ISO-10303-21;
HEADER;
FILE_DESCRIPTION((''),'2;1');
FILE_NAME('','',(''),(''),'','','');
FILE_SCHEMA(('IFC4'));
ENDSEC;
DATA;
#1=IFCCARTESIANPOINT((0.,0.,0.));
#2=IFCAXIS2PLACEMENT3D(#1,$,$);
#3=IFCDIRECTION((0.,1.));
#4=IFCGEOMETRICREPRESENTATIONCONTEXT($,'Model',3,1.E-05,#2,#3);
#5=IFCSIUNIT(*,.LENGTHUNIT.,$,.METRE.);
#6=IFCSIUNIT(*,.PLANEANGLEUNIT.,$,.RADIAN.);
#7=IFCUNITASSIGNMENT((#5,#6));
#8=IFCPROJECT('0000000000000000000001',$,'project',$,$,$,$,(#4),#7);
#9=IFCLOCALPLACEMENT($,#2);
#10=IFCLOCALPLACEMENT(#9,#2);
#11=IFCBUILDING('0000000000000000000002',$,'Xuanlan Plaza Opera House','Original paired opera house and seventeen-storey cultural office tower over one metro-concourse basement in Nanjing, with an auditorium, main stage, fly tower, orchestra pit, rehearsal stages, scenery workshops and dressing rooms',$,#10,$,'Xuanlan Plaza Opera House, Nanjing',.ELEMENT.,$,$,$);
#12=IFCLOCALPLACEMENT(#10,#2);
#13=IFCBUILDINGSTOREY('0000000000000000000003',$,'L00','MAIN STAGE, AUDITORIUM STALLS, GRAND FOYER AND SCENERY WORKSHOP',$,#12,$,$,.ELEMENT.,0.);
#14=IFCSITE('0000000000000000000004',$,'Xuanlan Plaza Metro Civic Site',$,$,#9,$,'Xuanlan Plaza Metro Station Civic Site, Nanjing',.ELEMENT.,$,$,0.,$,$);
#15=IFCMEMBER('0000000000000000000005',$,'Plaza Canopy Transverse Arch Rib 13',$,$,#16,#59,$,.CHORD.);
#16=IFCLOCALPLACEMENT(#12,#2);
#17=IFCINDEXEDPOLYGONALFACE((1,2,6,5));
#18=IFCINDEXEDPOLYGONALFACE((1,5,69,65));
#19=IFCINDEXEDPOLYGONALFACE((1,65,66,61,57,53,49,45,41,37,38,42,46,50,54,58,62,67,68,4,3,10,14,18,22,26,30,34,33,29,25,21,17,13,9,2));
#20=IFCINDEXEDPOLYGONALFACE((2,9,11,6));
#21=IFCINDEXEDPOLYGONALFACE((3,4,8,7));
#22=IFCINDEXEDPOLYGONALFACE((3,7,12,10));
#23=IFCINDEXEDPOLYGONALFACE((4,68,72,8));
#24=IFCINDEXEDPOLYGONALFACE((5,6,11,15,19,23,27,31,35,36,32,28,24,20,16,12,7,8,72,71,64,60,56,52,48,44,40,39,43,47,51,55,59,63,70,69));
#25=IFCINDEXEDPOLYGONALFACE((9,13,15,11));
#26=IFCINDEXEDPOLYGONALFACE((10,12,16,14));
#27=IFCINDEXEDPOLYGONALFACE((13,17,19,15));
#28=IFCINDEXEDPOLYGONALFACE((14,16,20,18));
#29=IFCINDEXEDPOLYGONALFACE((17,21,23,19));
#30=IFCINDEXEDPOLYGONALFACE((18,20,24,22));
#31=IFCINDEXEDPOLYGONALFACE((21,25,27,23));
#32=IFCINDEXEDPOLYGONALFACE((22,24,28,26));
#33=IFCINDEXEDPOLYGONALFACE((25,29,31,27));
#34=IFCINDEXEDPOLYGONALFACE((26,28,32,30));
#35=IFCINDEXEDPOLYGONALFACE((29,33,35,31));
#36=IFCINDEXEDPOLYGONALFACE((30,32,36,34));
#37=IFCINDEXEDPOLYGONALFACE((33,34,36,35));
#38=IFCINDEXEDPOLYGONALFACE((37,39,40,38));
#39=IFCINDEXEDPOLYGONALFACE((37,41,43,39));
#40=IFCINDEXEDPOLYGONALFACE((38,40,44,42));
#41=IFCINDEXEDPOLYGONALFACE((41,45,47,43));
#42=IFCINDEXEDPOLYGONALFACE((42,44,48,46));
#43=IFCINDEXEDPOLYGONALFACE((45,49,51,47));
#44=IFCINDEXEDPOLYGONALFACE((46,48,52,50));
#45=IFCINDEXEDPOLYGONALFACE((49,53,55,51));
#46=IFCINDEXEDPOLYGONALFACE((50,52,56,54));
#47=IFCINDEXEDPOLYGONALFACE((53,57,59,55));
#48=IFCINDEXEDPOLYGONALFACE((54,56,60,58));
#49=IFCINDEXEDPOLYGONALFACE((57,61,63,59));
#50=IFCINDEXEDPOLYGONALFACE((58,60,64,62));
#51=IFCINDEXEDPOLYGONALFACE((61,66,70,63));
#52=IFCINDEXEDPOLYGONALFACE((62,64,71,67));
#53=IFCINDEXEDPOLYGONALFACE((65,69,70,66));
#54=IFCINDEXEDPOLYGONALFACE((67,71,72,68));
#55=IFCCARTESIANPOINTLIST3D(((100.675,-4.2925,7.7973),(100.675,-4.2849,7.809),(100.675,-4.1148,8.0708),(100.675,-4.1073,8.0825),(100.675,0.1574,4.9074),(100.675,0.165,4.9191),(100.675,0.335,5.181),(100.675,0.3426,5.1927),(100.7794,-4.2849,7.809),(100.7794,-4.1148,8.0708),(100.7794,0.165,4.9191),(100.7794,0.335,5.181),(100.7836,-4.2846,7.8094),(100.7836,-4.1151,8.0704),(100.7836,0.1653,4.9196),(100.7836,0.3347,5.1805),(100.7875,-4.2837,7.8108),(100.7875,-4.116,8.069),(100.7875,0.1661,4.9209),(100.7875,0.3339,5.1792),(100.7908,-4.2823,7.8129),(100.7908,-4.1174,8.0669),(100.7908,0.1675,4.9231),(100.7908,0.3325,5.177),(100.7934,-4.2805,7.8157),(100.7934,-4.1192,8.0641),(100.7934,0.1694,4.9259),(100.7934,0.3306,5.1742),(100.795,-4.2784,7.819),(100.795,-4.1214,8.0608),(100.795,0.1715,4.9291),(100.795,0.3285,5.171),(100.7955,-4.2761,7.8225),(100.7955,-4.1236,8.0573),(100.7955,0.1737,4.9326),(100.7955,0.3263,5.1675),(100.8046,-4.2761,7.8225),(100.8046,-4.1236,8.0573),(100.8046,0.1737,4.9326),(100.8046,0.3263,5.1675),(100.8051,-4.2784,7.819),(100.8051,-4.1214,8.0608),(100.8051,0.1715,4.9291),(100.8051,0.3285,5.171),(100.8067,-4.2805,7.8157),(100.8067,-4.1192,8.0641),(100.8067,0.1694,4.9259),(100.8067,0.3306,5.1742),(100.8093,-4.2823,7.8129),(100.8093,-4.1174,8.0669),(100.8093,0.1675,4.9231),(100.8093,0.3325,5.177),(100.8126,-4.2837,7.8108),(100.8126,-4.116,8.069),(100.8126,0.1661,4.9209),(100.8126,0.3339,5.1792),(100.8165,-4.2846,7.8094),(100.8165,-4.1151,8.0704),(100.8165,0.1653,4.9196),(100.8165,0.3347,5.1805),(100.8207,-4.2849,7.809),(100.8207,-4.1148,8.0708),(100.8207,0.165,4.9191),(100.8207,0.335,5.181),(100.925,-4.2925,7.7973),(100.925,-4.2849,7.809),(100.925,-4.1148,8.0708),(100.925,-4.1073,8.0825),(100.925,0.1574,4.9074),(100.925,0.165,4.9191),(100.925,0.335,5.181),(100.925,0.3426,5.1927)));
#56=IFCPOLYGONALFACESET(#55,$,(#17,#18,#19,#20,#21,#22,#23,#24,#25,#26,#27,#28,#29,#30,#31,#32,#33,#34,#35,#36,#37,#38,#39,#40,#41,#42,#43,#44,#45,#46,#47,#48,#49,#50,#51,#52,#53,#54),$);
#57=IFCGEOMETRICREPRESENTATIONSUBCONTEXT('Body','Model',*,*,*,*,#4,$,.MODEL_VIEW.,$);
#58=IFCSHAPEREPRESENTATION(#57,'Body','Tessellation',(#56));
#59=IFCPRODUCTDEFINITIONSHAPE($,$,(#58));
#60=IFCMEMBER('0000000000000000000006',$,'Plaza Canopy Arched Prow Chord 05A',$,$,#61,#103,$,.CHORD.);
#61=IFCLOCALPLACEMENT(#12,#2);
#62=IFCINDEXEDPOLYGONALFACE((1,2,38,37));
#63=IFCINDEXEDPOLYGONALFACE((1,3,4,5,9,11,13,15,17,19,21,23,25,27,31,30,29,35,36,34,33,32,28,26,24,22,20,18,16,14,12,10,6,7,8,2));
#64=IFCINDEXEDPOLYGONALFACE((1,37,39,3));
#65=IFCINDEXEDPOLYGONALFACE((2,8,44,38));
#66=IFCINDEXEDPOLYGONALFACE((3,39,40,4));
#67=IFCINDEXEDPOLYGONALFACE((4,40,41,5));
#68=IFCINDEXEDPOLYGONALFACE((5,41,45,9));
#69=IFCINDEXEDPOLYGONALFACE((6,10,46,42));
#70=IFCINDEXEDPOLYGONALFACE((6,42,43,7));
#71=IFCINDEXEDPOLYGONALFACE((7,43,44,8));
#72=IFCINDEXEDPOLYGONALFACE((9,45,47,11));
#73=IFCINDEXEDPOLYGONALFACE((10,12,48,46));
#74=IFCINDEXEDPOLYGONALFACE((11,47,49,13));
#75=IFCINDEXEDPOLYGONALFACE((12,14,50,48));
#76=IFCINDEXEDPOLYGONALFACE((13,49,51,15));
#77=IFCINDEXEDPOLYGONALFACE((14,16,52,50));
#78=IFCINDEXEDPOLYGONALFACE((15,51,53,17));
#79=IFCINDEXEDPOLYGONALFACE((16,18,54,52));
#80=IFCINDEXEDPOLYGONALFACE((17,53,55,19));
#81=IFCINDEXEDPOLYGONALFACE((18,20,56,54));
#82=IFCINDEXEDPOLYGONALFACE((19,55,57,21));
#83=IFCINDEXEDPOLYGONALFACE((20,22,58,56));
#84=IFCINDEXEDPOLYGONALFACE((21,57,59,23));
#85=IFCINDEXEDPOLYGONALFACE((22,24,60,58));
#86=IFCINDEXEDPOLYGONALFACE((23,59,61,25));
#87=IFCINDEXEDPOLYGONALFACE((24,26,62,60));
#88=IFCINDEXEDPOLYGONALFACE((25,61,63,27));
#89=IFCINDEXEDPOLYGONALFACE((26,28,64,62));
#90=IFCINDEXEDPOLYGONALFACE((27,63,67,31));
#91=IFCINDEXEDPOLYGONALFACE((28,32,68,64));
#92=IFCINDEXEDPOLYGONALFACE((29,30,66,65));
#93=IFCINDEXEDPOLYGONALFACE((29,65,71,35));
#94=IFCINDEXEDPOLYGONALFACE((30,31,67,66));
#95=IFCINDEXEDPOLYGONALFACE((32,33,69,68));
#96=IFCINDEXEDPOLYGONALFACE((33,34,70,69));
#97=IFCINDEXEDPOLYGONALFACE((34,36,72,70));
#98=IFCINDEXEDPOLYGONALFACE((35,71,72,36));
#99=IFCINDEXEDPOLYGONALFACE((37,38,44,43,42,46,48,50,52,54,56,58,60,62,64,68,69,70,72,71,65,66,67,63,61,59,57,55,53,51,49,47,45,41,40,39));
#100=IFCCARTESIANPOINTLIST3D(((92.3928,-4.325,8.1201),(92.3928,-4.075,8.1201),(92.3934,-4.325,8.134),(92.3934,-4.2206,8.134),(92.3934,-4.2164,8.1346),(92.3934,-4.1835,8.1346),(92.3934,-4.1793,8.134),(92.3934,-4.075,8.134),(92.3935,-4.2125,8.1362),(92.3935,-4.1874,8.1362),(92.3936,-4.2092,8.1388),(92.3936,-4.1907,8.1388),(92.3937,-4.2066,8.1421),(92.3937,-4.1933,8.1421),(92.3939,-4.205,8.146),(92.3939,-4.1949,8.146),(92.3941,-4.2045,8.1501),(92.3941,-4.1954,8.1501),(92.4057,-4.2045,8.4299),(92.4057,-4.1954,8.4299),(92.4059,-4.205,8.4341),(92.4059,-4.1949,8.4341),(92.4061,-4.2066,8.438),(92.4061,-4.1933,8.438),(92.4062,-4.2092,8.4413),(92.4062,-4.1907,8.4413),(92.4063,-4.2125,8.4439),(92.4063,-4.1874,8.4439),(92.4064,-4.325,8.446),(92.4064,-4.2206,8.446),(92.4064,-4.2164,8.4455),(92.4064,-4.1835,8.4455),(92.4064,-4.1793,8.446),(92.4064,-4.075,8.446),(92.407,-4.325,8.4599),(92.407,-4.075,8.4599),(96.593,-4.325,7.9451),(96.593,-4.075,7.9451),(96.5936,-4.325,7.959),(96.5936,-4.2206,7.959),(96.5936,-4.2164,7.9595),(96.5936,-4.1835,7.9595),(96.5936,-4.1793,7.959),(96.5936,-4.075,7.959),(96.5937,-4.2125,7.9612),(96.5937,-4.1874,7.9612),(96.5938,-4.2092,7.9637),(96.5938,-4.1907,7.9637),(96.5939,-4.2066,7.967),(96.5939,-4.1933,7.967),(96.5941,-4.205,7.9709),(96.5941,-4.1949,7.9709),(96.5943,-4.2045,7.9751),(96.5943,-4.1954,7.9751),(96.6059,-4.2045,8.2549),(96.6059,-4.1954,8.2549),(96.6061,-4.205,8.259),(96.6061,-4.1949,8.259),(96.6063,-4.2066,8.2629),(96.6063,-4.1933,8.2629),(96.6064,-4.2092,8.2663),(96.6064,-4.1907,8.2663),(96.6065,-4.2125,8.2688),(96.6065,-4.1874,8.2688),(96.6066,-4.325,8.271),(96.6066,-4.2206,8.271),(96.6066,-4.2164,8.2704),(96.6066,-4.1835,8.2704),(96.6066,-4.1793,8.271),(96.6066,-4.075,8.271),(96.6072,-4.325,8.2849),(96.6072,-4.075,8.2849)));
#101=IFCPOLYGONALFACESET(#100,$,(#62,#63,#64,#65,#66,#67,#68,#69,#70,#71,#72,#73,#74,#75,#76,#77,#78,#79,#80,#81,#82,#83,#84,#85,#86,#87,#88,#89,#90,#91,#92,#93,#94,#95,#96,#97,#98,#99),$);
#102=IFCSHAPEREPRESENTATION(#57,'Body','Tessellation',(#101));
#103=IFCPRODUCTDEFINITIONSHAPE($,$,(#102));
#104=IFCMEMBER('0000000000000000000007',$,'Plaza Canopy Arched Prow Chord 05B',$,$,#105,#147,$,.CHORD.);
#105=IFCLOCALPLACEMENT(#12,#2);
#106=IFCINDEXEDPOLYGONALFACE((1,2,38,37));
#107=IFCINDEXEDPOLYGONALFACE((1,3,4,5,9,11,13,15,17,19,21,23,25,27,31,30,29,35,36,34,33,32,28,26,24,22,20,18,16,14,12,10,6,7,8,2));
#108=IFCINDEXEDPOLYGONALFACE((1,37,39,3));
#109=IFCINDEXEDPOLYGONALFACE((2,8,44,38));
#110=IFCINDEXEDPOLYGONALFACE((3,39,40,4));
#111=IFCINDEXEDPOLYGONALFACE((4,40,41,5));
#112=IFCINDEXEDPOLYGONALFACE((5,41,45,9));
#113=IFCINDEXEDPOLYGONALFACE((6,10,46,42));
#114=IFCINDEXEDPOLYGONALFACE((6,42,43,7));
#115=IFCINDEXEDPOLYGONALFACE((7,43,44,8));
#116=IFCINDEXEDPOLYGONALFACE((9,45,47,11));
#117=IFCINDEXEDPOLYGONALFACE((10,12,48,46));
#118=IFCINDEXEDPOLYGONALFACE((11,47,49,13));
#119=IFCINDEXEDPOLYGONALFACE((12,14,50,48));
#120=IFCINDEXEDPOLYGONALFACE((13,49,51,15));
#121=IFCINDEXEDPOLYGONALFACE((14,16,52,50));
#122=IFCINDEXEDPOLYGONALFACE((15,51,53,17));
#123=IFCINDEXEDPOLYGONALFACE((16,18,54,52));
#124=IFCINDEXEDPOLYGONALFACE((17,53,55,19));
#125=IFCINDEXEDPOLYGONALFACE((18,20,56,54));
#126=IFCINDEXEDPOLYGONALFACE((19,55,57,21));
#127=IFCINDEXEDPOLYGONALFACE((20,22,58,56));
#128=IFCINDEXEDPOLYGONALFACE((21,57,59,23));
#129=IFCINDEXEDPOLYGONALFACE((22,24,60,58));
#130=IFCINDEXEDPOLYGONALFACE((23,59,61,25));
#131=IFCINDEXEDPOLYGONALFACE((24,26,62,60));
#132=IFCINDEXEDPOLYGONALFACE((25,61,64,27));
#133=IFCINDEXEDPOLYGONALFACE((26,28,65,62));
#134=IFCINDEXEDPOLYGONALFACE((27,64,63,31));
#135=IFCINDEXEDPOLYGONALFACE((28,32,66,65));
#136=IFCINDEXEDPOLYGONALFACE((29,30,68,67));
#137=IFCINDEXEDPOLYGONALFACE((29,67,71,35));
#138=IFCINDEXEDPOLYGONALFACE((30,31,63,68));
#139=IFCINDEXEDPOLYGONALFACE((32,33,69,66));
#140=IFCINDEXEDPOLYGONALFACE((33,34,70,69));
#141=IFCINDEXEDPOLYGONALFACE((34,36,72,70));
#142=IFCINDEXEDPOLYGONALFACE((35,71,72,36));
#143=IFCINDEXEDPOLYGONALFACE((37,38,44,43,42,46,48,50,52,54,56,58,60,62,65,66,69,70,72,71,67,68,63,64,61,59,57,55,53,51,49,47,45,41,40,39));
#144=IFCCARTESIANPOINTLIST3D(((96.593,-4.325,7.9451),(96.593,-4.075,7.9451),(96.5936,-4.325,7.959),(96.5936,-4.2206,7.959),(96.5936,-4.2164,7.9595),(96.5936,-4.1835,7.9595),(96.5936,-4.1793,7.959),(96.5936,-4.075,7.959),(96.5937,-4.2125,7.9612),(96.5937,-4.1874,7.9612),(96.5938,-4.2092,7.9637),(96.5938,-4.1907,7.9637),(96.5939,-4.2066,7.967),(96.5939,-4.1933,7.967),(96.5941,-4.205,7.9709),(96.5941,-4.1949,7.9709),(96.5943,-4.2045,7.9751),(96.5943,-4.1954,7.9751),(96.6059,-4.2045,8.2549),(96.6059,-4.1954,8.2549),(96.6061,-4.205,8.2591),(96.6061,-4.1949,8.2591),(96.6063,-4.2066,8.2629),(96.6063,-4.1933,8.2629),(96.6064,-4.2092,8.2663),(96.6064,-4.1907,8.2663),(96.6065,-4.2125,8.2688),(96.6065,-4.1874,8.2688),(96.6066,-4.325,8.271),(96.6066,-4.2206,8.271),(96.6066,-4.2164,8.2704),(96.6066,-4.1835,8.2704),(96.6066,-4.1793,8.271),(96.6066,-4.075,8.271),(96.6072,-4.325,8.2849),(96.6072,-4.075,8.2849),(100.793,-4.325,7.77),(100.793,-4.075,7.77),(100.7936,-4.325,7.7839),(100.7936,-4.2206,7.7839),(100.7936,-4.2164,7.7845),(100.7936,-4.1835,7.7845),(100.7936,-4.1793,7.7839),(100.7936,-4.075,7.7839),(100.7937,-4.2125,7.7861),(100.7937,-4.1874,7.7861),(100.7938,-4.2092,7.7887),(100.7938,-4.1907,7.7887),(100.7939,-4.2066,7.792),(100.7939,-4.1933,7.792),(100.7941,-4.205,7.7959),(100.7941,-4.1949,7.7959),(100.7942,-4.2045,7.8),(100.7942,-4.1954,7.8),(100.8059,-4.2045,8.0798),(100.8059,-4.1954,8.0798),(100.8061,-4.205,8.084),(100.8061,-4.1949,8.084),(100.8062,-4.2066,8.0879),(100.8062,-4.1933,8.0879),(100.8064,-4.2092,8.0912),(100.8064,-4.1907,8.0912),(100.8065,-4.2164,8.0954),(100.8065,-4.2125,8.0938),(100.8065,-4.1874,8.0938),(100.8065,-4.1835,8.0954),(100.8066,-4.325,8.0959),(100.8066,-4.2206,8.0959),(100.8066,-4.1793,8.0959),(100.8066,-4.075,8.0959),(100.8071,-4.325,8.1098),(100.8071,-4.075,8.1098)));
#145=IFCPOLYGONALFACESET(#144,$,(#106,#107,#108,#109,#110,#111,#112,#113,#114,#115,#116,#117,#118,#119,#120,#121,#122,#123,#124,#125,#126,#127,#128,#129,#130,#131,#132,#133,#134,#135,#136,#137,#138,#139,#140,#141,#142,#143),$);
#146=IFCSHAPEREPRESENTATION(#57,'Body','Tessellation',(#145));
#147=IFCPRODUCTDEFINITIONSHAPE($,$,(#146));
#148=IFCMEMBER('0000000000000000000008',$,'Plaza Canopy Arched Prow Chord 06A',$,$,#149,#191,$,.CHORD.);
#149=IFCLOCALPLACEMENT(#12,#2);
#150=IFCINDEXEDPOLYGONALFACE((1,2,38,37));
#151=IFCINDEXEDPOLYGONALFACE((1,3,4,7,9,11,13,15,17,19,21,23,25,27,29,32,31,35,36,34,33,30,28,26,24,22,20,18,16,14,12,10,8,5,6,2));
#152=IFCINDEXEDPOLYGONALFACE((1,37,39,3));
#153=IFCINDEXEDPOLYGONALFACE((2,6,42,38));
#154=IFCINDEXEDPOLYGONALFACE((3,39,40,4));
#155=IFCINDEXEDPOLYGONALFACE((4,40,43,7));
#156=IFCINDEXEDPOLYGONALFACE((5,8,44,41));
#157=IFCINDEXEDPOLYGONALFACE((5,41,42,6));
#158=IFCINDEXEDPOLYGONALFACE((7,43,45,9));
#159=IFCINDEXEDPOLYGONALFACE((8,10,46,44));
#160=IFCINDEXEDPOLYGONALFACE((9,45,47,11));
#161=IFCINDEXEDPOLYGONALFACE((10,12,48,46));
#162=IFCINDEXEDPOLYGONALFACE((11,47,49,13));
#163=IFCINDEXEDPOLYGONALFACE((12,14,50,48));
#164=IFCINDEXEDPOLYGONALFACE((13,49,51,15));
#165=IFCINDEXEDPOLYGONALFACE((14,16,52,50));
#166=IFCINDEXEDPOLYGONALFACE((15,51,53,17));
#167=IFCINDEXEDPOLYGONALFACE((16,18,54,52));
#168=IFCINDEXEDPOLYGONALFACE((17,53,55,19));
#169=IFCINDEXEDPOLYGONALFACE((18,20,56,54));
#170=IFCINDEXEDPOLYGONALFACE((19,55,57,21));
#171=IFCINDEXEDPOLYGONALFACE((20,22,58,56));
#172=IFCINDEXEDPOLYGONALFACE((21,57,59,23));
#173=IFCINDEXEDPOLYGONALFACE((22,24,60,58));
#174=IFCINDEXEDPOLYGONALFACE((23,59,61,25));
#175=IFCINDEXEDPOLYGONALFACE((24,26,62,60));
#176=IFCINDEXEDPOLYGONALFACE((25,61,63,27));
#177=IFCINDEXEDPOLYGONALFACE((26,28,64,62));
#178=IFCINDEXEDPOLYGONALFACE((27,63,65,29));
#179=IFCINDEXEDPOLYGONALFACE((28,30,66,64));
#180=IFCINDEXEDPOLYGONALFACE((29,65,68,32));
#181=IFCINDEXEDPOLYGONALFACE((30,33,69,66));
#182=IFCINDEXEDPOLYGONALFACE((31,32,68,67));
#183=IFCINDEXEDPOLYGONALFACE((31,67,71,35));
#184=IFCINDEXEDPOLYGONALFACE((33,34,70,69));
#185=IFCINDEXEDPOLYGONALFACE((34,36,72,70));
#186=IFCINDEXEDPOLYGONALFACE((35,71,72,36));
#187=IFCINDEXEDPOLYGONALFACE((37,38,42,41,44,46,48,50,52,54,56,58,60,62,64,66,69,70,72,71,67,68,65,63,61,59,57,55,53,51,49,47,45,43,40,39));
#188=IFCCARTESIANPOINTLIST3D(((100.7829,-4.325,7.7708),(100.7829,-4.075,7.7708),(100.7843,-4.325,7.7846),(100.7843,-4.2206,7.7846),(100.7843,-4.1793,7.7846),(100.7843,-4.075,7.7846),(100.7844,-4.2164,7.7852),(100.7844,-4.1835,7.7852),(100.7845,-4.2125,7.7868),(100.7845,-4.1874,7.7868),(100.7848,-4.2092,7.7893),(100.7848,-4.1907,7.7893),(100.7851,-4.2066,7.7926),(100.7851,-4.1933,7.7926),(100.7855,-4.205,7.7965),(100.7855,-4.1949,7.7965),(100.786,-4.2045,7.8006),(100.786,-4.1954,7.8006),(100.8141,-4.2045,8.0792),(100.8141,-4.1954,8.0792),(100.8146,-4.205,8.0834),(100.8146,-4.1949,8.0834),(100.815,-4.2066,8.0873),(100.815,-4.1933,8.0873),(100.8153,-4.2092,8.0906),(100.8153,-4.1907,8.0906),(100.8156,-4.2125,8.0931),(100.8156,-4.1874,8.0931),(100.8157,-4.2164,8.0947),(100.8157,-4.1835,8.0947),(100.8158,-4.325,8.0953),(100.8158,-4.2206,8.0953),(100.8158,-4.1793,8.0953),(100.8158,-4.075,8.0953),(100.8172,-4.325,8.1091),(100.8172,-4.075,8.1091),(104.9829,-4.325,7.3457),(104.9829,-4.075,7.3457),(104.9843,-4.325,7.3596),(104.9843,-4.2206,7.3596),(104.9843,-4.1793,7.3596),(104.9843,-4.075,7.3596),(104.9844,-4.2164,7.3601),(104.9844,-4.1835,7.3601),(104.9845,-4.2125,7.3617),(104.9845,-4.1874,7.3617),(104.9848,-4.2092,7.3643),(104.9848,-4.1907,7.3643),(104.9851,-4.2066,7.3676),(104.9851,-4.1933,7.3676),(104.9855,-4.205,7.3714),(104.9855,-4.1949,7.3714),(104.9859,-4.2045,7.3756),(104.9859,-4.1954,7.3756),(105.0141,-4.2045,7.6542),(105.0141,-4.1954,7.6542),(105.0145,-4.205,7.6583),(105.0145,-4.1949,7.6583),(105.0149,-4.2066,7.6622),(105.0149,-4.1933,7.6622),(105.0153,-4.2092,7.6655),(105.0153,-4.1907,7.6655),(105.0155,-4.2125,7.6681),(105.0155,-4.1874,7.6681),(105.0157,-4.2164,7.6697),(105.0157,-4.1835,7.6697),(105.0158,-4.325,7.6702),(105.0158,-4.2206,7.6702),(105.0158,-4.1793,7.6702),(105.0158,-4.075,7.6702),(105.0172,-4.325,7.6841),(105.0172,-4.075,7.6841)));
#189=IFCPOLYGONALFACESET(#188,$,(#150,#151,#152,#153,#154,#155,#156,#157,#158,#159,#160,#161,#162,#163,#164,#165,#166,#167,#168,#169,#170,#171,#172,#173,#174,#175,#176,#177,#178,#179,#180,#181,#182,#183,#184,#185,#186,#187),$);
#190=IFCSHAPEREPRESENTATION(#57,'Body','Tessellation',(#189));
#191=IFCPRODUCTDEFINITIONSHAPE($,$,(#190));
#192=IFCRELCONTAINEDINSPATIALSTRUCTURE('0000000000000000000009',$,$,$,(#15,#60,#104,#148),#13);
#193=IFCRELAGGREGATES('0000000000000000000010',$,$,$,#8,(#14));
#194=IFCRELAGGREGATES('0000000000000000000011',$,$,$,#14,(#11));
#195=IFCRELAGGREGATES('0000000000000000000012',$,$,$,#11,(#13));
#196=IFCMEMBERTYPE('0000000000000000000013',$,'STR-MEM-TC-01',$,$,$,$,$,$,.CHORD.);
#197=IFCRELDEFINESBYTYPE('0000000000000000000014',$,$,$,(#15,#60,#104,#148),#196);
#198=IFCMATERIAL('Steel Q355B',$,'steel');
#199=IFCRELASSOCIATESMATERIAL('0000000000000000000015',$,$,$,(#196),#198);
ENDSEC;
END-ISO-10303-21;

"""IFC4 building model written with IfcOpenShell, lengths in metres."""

from ifc_helpers import new_model, si_unit, direction, frame, origin, origin_2d, place, context, subcontext, project, spatial, i_section, extrude, material, material_profile, profile_set, type_object, element, save


model = new_model("IFC4")

# Units and contexts
model_context = context("Model", 3, precision=1e-05, world=origin(), true_north=direction((0.0, 1.0)))
body_context = subcontext(model_context, "Body", "Model", "MODEL_VIEW")
ifc_project = project(units=[si_unit("LENGTHUNIT", "METRE"), si_unit("PLANEANGLEUNIT", "RADIAN")], contexts=[model_context])

# Site, building, storey
site_placement = place(None, origin())
site = spatial("IfcSite", under=ifc_project, at=site_placement, Name="Xuanlan Plaza Metro Civic Site", LongName="Xuanlan Plaza Metro Station Civic Site, Nanjing", CompositionType="ELEMENT", RefElevation=0.0)
building_placement = place(site_placement, origin())
building = spatial("IfcBuilding", under=site, at=building_placement, Name="Xuanlan Plaza Opera House", Description="Original paired opera house and seventeen-storey cultural office tower over one metro-concourse basement in Nanjing, with an auditorium, main stage, fly tower, orchestra pit, rehearsal stages, scenery workshops and dressing rooms", LongName="Xuanlan Plaza Opera House, Nanjing", CompositionType="ELEMENT")
storey_placement = place(building_placement, origin())
storey = spatial("IfcBuildingStorey", under=building, at=storey_placement, Name="L00", Description="MAIN STAGE, AUDITORIUM STALLS, GRAND FOYER AND SCENERY WORKSHOP", CompositionType="ELEMENT", Elevation=0.0)

# Members
ifc_material_1 = material(Name="Steel Q355B", Category="steel")
ifc_material_profile_1 = material_profile(ifc_material_1, i_section(OverallWidth=0.25, OverallDepth=0.3401, WebThickness=0.009, FlangeThickness=0.0139, FilletRadius=0.0161, at=origin_2d()), Name="HM 340x250x9x14")
ifc_profile_set_1 = profile_set([ifc_material_profile_1], Name="Steel Q355B")
member_type_1 = type_object("IfcMemberType", Name="STR-MEM-TC-01", PredefinedType="CHORD", material=ifc_profile_set_1)
member_1_placement = place(storey_placement, frame((100.8, 0.25, 5.05), z_axis=(0.0, -0.838665, 0.544647), x_axis=(1.0, 0.0, 0.0)))
element("IfcMember", 1, at=member_1_placement, inside=storey, type_object=member_type_1, Name="Plaza Canopy Transverse Arch Rib 13", PredefinedType="CHORD", context=body_context, shape_type="SweptSolid", body=[
    extrude(i_section(OverallWidth=0.25, OverallDepth=0.3401, WebThickness=0.009, FlangeThickness=0.0139, FilletRadius=0.0161, at=origin_2d()), origin(), (0.0, 0.0, 1.0), 5.3059),
])
member_2_placement = place(storey_placement, frame((92.3999, -4.2, 8.29), z_axis=(0.999133, 0.0, -0.04164), x_axis=(0.0, 1.0, 0.0)))
element("IfcMember", 2, at=member_2_placement, inside=storey, type_object=member_type_1, Name="Plaza Canopy Arched Prow Chord 05A", PredefinedType="CHORD", context=body_context, shape_type="SweptSolid", body=[
    extrude(i_section(OverallWidth=0.25, OverallDepth=0.3401, WebThickness=0.009, FlangeThickness=0.0139, FilletRadius=0.0161, at=origin_2d()), origin(), (0.0, 0.0, 1.0), 4.2039),
])
member_3_placement = place(storey_placement, frame((96.6001, -4.2, 8.115), z_axis=(0.999133, 0.0, -0.041643), x_axis=(0.0, 1.0, 0.0)))
element("IfcMember", 3, at=member_3_placement, inside=storey, type_object=member_type_1, Name="Plaza Canopy Arched Prow Chord 05B", PredefinedType="CHORD", context=body_context, shape_type="SweptSolid", body=[
    extrude(i_section(OverallWidth=0.25, OverallDepth=0.3401, WebThickness=0.009, FlangeThickness=0.0139, FilletRadius=0.0161, at=origin_2d()), origin(), (0.0, 0.0, 1.0), 4.2036),
])
member_4_placement = place(storey_placement, frame((100.8, -4.2, 7.9399), z_axis=(0.994918, 0.0, -0.100689), x_axis=(0.0, 1.0, 0.0)))
element("IfcMember", 4, at=member_4_placement, inside=storey, type_object=member_type_1, Name="Plaza Canopy Arched Prow Chord 06A", PredefinedType="CHORD", context=body_context, shape_type="SweptSolid", body=[
    extrude(i_section(OverallWidth=0.25, OverallDepth=0.3401, WebThickness=0.009, FlangeThickness=0.0139, FilletRadius=0.0161, at=origin_2d()), origin(), (0.0, 0.0, 1.0), 4.2214),
])

save(model, "model.ifc")
